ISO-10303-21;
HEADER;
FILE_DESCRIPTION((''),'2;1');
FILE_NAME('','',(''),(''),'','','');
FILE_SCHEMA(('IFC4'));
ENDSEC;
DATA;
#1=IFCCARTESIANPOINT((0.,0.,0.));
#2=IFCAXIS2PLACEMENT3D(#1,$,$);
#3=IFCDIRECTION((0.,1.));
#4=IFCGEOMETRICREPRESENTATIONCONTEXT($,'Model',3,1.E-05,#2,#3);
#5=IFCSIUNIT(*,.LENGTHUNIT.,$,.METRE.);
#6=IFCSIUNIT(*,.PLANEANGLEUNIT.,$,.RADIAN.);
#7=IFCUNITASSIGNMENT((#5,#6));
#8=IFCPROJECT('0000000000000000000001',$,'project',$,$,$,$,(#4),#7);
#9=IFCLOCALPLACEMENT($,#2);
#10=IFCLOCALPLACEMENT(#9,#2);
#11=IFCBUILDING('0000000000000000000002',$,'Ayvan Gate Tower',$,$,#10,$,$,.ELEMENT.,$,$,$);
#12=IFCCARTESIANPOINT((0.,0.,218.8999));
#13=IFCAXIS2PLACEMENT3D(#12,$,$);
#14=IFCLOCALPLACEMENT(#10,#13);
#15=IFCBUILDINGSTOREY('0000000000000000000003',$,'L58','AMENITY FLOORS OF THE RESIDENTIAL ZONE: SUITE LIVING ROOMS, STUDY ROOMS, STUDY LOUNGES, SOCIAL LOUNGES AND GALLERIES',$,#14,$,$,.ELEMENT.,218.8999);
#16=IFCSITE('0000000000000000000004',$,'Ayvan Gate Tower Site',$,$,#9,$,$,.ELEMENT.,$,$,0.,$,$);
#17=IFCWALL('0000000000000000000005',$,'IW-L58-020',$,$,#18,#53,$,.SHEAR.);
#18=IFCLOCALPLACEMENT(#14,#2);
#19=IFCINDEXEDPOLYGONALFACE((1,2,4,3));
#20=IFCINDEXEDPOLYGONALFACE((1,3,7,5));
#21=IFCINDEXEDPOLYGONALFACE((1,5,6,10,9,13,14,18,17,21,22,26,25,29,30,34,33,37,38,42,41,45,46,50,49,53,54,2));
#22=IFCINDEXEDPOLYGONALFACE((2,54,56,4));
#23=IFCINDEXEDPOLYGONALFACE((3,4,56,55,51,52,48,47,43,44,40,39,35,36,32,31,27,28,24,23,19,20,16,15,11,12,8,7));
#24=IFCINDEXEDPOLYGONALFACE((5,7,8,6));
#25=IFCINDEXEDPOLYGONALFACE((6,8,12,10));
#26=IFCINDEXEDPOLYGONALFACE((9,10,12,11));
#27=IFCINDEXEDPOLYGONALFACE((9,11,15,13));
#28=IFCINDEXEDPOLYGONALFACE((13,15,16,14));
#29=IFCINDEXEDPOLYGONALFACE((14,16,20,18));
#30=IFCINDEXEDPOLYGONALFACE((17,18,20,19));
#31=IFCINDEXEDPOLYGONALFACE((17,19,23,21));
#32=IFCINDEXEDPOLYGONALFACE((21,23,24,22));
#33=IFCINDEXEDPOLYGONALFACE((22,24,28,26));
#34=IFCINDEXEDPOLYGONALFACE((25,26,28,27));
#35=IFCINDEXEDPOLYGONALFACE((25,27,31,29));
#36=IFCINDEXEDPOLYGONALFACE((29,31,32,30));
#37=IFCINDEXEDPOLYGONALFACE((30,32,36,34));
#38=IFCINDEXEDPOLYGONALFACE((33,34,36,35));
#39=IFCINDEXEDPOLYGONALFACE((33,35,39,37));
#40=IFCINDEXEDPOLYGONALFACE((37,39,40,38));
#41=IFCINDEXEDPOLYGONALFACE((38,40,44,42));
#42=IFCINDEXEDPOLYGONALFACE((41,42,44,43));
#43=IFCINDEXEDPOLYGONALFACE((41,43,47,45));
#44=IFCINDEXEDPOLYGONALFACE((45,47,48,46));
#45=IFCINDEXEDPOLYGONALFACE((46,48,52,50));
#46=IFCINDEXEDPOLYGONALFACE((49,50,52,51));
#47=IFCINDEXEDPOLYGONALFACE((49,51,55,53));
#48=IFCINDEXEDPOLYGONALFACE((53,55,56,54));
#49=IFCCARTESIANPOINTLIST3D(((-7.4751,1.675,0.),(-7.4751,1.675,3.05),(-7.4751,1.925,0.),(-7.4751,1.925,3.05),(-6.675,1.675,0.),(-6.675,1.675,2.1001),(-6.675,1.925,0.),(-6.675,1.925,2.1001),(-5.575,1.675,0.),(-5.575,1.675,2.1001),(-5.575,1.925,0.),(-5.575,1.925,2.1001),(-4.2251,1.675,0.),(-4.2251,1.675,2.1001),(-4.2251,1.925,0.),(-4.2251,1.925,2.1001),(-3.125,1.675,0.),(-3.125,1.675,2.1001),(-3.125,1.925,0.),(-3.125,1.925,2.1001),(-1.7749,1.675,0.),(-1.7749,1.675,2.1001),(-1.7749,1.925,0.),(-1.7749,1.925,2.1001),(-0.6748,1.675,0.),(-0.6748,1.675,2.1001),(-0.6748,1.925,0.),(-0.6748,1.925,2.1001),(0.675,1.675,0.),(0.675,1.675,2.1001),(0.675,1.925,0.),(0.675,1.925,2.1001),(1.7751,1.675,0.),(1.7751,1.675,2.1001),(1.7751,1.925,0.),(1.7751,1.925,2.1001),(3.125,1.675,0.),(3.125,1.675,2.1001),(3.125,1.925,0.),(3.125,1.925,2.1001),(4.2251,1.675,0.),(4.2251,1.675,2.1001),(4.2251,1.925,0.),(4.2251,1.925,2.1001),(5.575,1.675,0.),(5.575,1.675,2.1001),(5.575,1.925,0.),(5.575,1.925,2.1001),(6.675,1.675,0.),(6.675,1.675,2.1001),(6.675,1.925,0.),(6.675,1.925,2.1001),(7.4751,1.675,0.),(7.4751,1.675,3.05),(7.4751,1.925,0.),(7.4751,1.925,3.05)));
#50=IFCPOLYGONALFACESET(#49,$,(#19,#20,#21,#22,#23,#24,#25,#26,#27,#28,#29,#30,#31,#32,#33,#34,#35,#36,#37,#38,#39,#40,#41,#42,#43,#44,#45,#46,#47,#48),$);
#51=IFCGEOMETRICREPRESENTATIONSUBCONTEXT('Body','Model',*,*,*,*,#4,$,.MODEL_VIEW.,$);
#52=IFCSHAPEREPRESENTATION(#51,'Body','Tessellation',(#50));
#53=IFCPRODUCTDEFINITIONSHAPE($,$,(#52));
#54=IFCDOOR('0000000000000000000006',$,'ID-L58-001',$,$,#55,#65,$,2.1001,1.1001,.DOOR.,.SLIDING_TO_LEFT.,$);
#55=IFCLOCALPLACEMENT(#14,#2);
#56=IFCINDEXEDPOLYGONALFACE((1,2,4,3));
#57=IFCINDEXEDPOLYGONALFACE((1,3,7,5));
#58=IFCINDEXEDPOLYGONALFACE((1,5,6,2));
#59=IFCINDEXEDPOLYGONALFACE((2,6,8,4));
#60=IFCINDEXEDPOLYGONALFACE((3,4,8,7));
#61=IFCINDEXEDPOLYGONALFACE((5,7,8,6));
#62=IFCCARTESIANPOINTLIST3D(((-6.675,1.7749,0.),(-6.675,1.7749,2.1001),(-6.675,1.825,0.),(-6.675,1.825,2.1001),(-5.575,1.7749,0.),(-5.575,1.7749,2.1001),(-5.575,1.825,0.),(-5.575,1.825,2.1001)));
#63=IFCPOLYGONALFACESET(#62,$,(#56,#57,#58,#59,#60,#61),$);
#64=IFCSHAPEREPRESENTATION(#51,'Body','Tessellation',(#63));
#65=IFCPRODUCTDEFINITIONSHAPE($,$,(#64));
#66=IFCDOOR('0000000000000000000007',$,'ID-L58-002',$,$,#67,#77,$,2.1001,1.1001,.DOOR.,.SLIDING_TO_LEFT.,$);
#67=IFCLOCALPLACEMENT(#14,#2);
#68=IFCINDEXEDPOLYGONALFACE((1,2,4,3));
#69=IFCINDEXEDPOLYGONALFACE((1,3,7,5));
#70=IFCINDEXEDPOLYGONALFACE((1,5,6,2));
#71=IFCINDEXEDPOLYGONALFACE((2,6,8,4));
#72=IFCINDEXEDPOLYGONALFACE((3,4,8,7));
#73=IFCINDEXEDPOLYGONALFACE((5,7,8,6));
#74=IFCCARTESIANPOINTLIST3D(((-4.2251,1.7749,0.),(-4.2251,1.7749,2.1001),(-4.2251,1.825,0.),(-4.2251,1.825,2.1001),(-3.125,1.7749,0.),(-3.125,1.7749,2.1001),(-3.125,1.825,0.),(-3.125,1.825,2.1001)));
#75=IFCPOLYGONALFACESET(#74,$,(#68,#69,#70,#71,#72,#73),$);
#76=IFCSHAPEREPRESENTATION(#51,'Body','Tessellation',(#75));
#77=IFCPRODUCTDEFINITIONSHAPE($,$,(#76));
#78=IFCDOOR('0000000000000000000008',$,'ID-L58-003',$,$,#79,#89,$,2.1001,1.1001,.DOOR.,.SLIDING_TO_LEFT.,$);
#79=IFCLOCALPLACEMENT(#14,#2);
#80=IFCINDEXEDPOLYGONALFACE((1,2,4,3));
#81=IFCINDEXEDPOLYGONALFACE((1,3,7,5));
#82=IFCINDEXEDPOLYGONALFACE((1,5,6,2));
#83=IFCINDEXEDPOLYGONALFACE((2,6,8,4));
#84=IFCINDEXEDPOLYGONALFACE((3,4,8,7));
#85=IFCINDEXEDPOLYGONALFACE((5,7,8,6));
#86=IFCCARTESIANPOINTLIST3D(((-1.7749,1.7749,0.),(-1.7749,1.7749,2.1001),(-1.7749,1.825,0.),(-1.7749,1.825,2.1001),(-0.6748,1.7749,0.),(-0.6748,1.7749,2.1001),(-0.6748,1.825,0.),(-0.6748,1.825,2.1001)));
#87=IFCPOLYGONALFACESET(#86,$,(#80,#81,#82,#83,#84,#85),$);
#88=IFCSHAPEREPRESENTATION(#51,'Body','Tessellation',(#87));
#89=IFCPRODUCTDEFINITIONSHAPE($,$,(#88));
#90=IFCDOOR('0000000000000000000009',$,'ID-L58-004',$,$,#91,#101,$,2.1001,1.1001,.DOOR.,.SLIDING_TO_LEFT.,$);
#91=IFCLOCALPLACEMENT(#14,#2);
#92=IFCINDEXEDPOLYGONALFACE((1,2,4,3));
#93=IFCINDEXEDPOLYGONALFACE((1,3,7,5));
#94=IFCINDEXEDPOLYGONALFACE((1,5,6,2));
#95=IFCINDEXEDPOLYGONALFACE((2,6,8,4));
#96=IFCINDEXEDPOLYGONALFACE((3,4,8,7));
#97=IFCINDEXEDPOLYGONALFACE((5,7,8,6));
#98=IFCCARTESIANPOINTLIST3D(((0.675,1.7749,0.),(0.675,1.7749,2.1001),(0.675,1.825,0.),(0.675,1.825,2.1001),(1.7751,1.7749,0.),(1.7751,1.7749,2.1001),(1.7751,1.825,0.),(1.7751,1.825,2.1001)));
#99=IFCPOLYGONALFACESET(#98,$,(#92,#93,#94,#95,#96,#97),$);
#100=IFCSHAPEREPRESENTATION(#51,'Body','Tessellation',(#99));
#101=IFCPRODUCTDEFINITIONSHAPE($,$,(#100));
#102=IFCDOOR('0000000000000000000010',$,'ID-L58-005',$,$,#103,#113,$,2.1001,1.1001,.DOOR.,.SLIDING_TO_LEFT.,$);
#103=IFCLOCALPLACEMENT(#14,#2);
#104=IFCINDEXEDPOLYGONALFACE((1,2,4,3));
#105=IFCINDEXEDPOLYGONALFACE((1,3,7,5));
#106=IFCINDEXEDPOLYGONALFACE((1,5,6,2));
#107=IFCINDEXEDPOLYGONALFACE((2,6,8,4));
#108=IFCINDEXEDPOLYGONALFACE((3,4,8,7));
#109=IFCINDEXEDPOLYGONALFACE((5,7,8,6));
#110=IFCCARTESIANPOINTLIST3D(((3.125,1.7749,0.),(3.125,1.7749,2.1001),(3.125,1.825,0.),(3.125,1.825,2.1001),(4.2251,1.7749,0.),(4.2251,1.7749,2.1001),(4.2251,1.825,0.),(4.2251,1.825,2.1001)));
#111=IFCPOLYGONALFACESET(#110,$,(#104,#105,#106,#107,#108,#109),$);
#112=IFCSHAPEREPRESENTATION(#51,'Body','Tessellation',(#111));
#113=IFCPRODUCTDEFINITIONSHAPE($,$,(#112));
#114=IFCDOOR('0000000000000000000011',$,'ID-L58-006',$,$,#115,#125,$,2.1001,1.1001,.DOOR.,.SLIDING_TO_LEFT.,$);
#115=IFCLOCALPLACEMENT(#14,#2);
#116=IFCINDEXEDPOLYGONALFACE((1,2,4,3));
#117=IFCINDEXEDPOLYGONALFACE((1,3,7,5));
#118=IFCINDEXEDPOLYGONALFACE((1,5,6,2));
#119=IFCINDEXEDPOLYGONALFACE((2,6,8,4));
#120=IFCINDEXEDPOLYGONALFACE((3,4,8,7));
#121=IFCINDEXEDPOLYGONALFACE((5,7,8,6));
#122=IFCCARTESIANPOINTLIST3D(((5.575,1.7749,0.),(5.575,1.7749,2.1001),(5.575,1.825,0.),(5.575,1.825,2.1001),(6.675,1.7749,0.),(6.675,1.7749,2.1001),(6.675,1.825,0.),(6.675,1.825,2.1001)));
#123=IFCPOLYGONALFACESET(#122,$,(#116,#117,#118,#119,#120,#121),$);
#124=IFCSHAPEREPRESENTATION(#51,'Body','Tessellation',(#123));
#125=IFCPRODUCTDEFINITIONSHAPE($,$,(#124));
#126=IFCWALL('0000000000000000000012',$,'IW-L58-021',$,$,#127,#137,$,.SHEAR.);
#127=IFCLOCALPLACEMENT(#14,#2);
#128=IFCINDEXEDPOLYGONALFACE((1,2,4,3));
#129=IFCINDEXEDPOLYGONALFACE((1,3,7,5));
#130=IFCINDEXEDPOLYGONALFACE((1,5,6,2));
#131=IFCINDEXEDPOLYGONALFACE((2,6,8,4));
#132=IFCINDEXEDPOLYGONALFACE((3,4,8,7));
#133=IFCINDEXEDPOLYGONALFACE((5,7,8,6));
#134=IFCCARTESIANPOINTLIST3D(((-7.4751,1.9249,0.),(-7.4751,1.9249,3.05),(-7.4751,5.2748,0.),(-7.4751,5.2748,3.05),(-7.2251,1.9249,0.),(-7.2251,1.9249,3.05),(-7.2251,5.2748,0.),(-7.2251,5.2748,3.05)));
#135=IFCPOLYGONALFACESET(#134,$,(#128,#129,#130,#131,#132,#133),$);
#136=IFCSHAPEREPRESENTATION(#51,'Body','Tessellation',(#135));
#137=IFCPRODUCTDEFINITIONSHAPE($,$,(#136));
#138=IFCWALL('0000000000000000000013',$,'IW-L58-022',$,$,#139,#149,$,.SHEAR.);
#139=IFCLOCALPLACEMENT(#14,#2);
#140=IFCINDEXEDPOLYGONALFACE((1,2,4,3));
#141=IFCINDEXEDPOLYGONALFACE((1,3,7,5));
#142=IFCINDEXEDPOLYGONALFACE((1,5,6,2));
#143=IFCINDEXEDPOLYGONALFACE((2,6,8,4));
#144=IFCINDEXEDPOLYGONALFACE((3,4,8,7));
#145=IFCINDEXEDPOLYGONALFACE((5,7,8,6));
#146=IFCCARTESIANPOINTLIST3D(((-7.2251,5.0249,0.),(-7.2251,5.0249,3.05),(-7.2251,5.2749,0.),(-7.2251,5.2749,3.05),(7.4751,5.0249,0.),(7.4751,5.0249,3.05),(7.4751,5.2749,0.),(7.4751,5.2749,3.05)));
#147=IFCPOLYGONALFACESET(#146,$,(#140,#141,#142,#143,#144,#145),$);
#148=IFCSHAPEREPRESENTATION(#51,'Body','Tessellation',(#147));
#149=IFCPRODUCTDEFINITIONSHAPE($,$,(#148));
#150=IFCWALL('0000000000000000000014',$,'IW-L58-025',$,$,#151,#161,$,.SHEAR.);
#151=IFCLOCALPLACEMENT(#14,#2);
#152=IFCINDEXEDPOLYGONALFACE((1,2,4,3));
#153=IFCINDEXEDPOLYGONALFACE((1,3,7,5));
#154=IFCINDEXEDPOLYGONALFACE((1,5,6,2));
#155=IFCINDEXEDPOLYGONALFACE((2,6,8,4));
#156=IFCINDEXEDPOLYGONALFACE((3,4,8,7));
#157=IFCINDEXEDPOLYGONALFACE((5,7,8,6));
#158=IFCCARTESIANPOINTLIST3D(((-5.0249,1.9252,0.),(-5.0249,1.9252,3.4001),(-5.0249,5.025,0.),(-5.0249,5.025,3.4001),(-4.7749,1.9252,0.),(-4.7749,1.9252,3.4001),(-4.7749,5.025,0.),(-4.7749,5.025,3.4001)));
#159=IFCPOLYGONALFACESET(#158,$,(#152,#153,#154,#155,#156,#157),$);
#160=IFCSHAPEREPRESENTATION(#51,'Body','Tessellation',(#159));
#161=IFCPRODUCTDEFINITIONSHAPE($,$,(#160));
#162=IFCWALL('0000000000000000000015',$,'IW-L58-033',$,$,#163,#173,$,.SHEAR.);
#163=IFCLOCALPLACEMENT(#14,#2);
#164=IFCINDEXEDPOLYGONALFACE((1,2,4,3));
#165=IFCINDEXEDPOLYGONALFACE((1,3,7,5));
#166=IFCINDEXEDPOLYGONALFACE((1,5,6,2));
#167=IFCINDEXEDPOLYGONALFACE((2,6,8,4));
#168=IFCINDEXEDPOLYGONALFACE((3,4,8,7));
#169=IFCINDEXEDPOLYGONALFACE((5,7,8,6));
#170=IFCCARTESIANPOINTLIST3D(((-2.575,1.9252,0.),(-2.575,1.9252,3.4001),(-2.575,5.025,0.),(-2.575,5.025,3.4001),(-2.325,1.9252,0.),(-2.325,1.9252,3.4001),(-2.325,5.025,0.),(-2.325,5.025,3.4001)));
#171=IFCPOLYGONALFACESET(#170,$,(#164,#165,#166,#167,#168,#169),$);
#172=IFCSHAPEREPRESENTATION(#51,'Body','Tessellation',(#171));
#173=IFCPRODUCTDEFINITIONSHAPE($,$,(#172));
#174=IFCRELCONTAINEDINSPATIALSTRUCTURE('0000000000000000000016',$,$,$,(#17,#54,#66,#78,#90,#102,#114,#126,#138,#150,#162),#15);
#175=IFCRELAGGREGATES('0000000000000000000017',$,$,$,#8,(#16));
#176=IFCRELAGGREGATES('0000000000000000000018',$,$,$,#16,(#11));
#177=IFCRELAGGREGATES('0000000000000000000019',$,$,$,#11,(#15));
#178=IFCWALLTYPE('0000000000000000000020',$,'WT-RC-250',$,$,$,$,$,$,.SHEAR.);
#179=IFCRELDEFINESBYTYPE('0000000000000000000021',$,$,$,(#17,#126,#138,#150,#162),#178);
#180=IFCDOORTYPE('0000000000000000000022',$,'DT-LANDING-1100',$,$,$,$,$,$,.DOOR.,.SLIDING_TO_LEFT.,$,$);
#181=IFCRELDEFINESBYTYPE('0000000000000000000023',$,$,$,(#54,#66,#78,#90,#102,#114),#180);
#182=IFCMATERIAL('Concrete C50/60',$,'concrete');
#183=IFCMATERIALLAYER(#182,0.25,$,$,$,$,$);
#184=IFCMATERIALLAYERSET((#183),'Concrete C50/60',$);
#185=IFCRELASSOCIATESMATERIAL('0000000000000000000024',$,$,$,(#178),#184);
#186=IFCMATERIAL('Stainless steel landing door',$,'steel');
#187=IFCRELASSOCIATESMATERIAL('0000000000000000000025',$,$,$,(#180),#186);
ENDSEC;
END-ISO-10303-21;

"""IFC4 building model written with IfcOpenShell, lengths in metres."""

from ifc_helpers import new_model, si_unit, direction, frame, frame_2d, origin, place, context, subcontext, project, spatial, rectangle, extrude, material, layer, layer_set, type_object, element, fill, save


model = new_model("IFC4")

# Units and contexts
model_context = context("Model", 3, precision=1e-05, world=origin(), true_north=direction((0.0, 1.0)))
body_context = subcontext(model_context, "Body", "Model", "MODEL_VIEW")
ifc_project = project(units=[si_unit("LENGTHUNIT", "METRE"), si_unit("PLANEANGLEUNIT", "RADIAN")], contexts=[model_context])

# Site, building, storey
site_placement = place(None, origin())
site = spatial("IfcSite", under=ifc_project, at=site_placement, Name="Ayvan Gate Tower Site", CompositionType="ELEMENT", RefElevation=0.0)
building_placement = place(site_placement, origin())
building = spatial("IfcBuilding", under=site, at=building_placement, Name="Ayvan Gate Tower", CompositionType="ELEMENT")
storey_placement = place(building_placement, frame((0.0, 0.0, 218.8999)))
storey = spatial("IfcBuildingStorey", under=building, at=storey_placement, Name="L58", Description="AMENITY FLOORS OF THE RESIDENTIAL ZONE: SUITE LIVING ROOMS, STUDY ROOMS, STUDY LOUNGES, SOCIAL LOUNGES AND GALLERIES", CompositionType="ELEMENT", Elevation=218.8999)

# Wall, openings, doors
ifc_material_1 = material(Name="Concrete C50/60", Category="concrete")
ifc_layer_1 = layer(ifc_material_1, 0.25)
ifc_layer_set_1 = layer_set([ifc_layer_1], Name="Concrete C50/60")
wall_type_1 = type_object("IfcWallType", Name="WT-RC-250", PredefinedType="SHEAR", material=ifc_layer_set_1)
wall_1_placement = place(storey_placement, frame((-7.4751, 1.8, 0.0), z_axis=(0.0, 0.0, 1.0), x_axis=(1.0, 0.0, 0.0)))
wall_1 = element("IfcWall", 1, at=wall_1_placement, inside=storey, type_object=wall_type_1, Name="IW-L58-020", PredefinedType="SHEAR", context=body_context, shape_type="SweptSolid", body=[
    extrude(rectangle(XDim=14.9502, YDim=0.25, at=frame_2d((7.4751, 0.0))), origin(), (0.0, 0.0, 1.0), 3.05),
])
opening_1_placement = place(wall_1_placement, frame((0.8, 0.0, 0.0)))
opening_1 = element("IfcOpeningElement", 2, at=opening_1_placement, cuts=wall_1, PredefinedType="OPENING", context=body_context, shape_type="SweptSolid", body=[
    extrude(rectangle(XDim=1.1001, YDim=2.1001, at=frame_2d((0.55, 1.05))), frame((0.0, 0.135, 0.0), z_axis=(0.0, -1.0, 0.0), x_axis=(1.0, 0.0, 0.0)), (0.0, 0.0, 1.0), 0.27),
])
opening_2_placement = place(wall_1_placement, frame((3.25, 0.0, 0.0)))
opening_2 = element("IfcOpeningElement", 3, at=opening_2_placement, cuts=wall_1, PredefinedType="OPENING", context=body_context, shape_type="SweptSolid", body=[
    extrude(rectangle(XDim=1.1001, YDim=2.1001, at=frame_2d((0.55, 1.05))), frame((0.0, 0.135, 0.0), z_axis=(0.0, -1.0, 0.0), x_axis=(1.0, 0.0, 0.0)), (0.0, 0.0, 1.0), 0.27),
])
opening_3_placement = place(wall_1_placement, frame((5.7002, 0.0, 0.0)))
opening_3 = element("IfcOpeningElement", 4, at=opening_3_placement, cuts=wall_1, PredefinedType="OPENING", context=body_context, shape_type="SweptSolid", body=[
    extrude(rectangle(XDim=1.1001, YDim=2.1001, at=frame_2d((0.55, 1.05))), frame((0.0, 0.135, 0.0), z_axis=(0.0, -1.0, 0.0), x_axis=(1.0, 0.0, 0.0)), (0.0, 0.0, 1.0), 0.27),
])
opening_4_placement = place(wall_1_placement, frame((8.1501, 0.0, 0.0)))
opening_4 = element("IfcOpeningElement", 5, at=opening_4_placement, cuts=wall_1, PredefinedType="OPENING", context=body_context, shape_type="SweptSolid", body=[
    extrude(rectangle(XDim=1.1001, YDim=2.1001, at=frame_2d((0.55, 1.05))), frame((0.0, 0.135, 0.0), z_axis=(0.0, -1.0, 0.0), x_axis=(1.0, 0.0, 0.0)), (0.0, 0.0, 1.0), 0.27),
])
opening_5_placement = place(wall_1_placement, frame((10.6001, 0.0, 0.0)))
opening_5 = element("IfcOpeningElement", 6, at=opening_5_placement, cuts=wall_1, PredefinedType="OPENING", context=body_context, shape_type="SweptSolid", body=[
    extrude(rectangle(XDim=1.1001, YDim=2.1001, at=frame_2d((0.55, 1.05))), frame((0.0, 0.135, 0.0), z_axis=(0.0, -1.0, 0.0), x_axis=(1.0, 0.0, 0.0)), (0.0, 0.0, 1.0), 0.27),
])
opening_6_placement = place(wall_1_placement, frame((13.05, 0.0, 0.0)))
opening_6 = element("IfcOpeningElement", 7, at=opening_6_placement, cuts=wall_1, PredefinedType="OPENING", context=body_context, shape_type="SweptSolid", body=[
    extrude(rectangle(XDim=1.1001, YDim=2.1001, at=frame_2d((0.55, 1.05))), frame((0.0, 0.135, 0.0), z_axis=(0.0, -1.0, 0.0), x_axis=(1.0, 0.0, 0.0)), (0.0, 0.0, 1.0), 0.27),
])
ifc_material_2 = material(Name="Stainless steel landing door", Category="steel")
door_type_1 = type_object("IfcDoorType", Name="DT-LANDING-1100", OperationType="SLIDING_TO_LEFT", PredefinedType="DOOR", material=ifc_material_2)
door_1_placement = place(opening_1_placement, origin())
door_1 = element("IfcDoor", 8, at=door_1_placement, inside=storey, type_object=door_type_1, Name="ID-L58-001", OperationType="SLIDING_TO_LEFT", OverallHeight=2.1001, OverallWidth=1.1001, PredefinedType="DOOR", context=body_context, shape_type="SweptSolid", body=[
    extrude(rectangle(XDim=1.1001, YDim=2.1001, at=frame_2d((0.55, 1.05))), frame((0.0, 0.0249, 0.0), z_axis=(0.0, -1.0, 0.0), x_axis=(1.0, 0.0, 0.0)), (0.0, 0.0, 1.0), 0.05),
])
fill(opening_1, door_1)
door_2_placement = place(opening_2_placement, origin())
door_2 = element("IfcDoor", 9, at=door_2_placement, inside=storey, type_object=door_type_1, Name="ID-L58-002", OperationType="SLIDING_TO_LEFT", OverallHeight=2.1001, OverallWidth=1.1001, PredefinedType="DOOR", context=body_context, shape_type="SweptSolid", body=[
    extrude(rectangle(XDim=1.1001, YDim=2.1001, at=frame_2d((0.55, 1.05))), frame((0.0, 0.0249, 0.0), z_axis=(0.0, -1.0, 0.0), x_axis=(1.0, 0.0, 0.0)), (0.0, 0.0, 1.0), 0.05),
])
fill(opening_2, door_2)
door_3_placement = place(opening_3_placement, origin())
door_3 = element("IfcDoor", 10, at=door_3_placement, inside=storey, type_object=door_type_1, Name="ID-L58-003", OperationType="SLIDING_TO_LEFT", OverallHeight=2.1001, OverallWidth=1.1001, PredefinedType="DOOR", context=body_context, shape_type="SweptSolid", body=[
    extrude(rectangle(XDim=1.1001, YDim=2.1001, at=frame_2d((0.55, 1.05))), frame((0.0, 0.0249, 0.0), z_axis=(0.0, -1.0, 0.0), x_axis=(1.0, 0.0, 0.0)), (0.0, 0.0, 1.0), 0.05),
])
fill(opening_3, door_3)
door_4_placement = place(opening_4_placement, origin())
door_4 = element("IfcDoor", 11, at=door_4_placement, inside=storey, type_object=door_type_1, Name="ID-L58-004", OperationType="SLIDING_TO_LEFT", OverallHeight=2.1001, OverallWidth=1.1001, PredefinedType="DOOR", context=body_context, shape_type="SweptSolid", body=[
    extrude(rectangle(XDim=1.1001, YDim=2.1001, at=frame_2d((0.55, 1.05))), frame((0.0, 0.0249, 0.0), z_axis=(0.0, -1.0, 0.0), x_axis=(1.0, 0.0, 0.0)), (0.0, 0.0, 1.0), 0.05),
])
fill(opening_4, door_4)
door_5_placement = place(opening_5_placement, origin())
door_5 = element("IfcDoor", 12, at=door_5_placement, inside=storey, type_object=door_type_1, Name="ID-L58-005", OperationType="SLIDING_TO_LEFT", OverallHeight=2.1001, OverallWidth=1.1001, PredefinedType="DOOR", context=body_context, shape_type="SweptSolid", body=[
    extrude(rectangle(XDim=1.1001, YDim=2.1001, at=frame_2d((0.55, 1.05))), frame((0.0, 0.0249, 0.0), z_axis=(0.0, -1.0, 0.0), x_axis=(1.0, 0.0, 0.0)), (0.0, 0.0, 1.0), 0.05),
])
fill(opening_5, door_5)
door_6_placement = place(opening_6_placement, origin())
door_6 = element("IfcDoor", 13, at=door_6_placement, inside=storey, type_object=door_type_1, Name="ID-L58-006", OperationType="SLIDING_TO_LEFT", OverallHeight=2.1001, OverallWidth=1.1001, PredefinedType="DOOR", context=body_context, shape_type="SweptSolid", body=[
    extrude(rectangle(XDim=1.1001, YDim=2.1001, at=frame_2d((0.55, 1.05))), frame((0.0, 0.0249, 0.0), z_axis=(0.0, -1.0, 0.0), x_axis=(1.0, 0.0, 0.0)), (0.0, 0.0, 1.0), 0.05),
])
fill(opening_6, door_6)

# Walls
wall_2_placement = place(storey_placement, frame((-7.3501, 1.925, 0.0), z_axis=(0.0, 0.0, 1.0), x_axis=(0.0, 1.0, 0.0)))
element("IfcWall", 14, at=wall_2_placement, inside=storey, type_object=wall_type_1, Name="IW-L58-021", PredefinedType="SHEAR", context=body_context, shape_type="SweptSolid", body=[
    extrude(rectangle(XDim=3.3499, YDim=0.25, at=frame_2d((1.6748, 0.0))), origin(), (0.0, 0.0, 1.0), 3.05),
])
wall_3_placement = place(storey_placement, frame((-7.2251, 5.1499, 0.0), z_axis=(0.0, 0.0, 1.0), x_axis=(1.0, 0.0, 0.0)))
element("IfcWall", 15, at=wall_3_placement, inside=storey, type_object=wall_type_1, Name="IW-L58-022", PredefinedType="SHEAR", context=body_context, shape_type="SweptSolid", body=[
    extrude(rectangle(XDim=14.7002, YDim=0.25, at=frame_2d((7.3501, 0.0))), origin(), (0.0, 0.0, 1.0), 3.05),
])
for number, where, z_axis, x_axis, name in (
    (16, (-4.8999, 5.0249, 0.0), (0.0, 0.0, 1.0), (0.0, -1.0, 0.0), "IW-L58-025"),
    (17, (-2.45, 5.0249, 0.0), (0.0, 0.0, 1.0), (0.0, -1.0, 0.0), "IW-L58-033"),
):
    element("IfcWall", number, at=place(storey_placement, frame(where, z_axis=z_axis, x_axis=x_axis)), inside=storey, type_object=wall_type_1, Name=name, PredefinedType="SHEAR", context=body_context, shape_type="SweptSolid", body=[
        extrude(rectangle(XDim=3.0999, YDim=0.25, at=frame_2d((1.5498, 0.0))), origin(), (0.0, 0.0, 1.0), 3.4001),
    ])

save(model, "model.ifc")
